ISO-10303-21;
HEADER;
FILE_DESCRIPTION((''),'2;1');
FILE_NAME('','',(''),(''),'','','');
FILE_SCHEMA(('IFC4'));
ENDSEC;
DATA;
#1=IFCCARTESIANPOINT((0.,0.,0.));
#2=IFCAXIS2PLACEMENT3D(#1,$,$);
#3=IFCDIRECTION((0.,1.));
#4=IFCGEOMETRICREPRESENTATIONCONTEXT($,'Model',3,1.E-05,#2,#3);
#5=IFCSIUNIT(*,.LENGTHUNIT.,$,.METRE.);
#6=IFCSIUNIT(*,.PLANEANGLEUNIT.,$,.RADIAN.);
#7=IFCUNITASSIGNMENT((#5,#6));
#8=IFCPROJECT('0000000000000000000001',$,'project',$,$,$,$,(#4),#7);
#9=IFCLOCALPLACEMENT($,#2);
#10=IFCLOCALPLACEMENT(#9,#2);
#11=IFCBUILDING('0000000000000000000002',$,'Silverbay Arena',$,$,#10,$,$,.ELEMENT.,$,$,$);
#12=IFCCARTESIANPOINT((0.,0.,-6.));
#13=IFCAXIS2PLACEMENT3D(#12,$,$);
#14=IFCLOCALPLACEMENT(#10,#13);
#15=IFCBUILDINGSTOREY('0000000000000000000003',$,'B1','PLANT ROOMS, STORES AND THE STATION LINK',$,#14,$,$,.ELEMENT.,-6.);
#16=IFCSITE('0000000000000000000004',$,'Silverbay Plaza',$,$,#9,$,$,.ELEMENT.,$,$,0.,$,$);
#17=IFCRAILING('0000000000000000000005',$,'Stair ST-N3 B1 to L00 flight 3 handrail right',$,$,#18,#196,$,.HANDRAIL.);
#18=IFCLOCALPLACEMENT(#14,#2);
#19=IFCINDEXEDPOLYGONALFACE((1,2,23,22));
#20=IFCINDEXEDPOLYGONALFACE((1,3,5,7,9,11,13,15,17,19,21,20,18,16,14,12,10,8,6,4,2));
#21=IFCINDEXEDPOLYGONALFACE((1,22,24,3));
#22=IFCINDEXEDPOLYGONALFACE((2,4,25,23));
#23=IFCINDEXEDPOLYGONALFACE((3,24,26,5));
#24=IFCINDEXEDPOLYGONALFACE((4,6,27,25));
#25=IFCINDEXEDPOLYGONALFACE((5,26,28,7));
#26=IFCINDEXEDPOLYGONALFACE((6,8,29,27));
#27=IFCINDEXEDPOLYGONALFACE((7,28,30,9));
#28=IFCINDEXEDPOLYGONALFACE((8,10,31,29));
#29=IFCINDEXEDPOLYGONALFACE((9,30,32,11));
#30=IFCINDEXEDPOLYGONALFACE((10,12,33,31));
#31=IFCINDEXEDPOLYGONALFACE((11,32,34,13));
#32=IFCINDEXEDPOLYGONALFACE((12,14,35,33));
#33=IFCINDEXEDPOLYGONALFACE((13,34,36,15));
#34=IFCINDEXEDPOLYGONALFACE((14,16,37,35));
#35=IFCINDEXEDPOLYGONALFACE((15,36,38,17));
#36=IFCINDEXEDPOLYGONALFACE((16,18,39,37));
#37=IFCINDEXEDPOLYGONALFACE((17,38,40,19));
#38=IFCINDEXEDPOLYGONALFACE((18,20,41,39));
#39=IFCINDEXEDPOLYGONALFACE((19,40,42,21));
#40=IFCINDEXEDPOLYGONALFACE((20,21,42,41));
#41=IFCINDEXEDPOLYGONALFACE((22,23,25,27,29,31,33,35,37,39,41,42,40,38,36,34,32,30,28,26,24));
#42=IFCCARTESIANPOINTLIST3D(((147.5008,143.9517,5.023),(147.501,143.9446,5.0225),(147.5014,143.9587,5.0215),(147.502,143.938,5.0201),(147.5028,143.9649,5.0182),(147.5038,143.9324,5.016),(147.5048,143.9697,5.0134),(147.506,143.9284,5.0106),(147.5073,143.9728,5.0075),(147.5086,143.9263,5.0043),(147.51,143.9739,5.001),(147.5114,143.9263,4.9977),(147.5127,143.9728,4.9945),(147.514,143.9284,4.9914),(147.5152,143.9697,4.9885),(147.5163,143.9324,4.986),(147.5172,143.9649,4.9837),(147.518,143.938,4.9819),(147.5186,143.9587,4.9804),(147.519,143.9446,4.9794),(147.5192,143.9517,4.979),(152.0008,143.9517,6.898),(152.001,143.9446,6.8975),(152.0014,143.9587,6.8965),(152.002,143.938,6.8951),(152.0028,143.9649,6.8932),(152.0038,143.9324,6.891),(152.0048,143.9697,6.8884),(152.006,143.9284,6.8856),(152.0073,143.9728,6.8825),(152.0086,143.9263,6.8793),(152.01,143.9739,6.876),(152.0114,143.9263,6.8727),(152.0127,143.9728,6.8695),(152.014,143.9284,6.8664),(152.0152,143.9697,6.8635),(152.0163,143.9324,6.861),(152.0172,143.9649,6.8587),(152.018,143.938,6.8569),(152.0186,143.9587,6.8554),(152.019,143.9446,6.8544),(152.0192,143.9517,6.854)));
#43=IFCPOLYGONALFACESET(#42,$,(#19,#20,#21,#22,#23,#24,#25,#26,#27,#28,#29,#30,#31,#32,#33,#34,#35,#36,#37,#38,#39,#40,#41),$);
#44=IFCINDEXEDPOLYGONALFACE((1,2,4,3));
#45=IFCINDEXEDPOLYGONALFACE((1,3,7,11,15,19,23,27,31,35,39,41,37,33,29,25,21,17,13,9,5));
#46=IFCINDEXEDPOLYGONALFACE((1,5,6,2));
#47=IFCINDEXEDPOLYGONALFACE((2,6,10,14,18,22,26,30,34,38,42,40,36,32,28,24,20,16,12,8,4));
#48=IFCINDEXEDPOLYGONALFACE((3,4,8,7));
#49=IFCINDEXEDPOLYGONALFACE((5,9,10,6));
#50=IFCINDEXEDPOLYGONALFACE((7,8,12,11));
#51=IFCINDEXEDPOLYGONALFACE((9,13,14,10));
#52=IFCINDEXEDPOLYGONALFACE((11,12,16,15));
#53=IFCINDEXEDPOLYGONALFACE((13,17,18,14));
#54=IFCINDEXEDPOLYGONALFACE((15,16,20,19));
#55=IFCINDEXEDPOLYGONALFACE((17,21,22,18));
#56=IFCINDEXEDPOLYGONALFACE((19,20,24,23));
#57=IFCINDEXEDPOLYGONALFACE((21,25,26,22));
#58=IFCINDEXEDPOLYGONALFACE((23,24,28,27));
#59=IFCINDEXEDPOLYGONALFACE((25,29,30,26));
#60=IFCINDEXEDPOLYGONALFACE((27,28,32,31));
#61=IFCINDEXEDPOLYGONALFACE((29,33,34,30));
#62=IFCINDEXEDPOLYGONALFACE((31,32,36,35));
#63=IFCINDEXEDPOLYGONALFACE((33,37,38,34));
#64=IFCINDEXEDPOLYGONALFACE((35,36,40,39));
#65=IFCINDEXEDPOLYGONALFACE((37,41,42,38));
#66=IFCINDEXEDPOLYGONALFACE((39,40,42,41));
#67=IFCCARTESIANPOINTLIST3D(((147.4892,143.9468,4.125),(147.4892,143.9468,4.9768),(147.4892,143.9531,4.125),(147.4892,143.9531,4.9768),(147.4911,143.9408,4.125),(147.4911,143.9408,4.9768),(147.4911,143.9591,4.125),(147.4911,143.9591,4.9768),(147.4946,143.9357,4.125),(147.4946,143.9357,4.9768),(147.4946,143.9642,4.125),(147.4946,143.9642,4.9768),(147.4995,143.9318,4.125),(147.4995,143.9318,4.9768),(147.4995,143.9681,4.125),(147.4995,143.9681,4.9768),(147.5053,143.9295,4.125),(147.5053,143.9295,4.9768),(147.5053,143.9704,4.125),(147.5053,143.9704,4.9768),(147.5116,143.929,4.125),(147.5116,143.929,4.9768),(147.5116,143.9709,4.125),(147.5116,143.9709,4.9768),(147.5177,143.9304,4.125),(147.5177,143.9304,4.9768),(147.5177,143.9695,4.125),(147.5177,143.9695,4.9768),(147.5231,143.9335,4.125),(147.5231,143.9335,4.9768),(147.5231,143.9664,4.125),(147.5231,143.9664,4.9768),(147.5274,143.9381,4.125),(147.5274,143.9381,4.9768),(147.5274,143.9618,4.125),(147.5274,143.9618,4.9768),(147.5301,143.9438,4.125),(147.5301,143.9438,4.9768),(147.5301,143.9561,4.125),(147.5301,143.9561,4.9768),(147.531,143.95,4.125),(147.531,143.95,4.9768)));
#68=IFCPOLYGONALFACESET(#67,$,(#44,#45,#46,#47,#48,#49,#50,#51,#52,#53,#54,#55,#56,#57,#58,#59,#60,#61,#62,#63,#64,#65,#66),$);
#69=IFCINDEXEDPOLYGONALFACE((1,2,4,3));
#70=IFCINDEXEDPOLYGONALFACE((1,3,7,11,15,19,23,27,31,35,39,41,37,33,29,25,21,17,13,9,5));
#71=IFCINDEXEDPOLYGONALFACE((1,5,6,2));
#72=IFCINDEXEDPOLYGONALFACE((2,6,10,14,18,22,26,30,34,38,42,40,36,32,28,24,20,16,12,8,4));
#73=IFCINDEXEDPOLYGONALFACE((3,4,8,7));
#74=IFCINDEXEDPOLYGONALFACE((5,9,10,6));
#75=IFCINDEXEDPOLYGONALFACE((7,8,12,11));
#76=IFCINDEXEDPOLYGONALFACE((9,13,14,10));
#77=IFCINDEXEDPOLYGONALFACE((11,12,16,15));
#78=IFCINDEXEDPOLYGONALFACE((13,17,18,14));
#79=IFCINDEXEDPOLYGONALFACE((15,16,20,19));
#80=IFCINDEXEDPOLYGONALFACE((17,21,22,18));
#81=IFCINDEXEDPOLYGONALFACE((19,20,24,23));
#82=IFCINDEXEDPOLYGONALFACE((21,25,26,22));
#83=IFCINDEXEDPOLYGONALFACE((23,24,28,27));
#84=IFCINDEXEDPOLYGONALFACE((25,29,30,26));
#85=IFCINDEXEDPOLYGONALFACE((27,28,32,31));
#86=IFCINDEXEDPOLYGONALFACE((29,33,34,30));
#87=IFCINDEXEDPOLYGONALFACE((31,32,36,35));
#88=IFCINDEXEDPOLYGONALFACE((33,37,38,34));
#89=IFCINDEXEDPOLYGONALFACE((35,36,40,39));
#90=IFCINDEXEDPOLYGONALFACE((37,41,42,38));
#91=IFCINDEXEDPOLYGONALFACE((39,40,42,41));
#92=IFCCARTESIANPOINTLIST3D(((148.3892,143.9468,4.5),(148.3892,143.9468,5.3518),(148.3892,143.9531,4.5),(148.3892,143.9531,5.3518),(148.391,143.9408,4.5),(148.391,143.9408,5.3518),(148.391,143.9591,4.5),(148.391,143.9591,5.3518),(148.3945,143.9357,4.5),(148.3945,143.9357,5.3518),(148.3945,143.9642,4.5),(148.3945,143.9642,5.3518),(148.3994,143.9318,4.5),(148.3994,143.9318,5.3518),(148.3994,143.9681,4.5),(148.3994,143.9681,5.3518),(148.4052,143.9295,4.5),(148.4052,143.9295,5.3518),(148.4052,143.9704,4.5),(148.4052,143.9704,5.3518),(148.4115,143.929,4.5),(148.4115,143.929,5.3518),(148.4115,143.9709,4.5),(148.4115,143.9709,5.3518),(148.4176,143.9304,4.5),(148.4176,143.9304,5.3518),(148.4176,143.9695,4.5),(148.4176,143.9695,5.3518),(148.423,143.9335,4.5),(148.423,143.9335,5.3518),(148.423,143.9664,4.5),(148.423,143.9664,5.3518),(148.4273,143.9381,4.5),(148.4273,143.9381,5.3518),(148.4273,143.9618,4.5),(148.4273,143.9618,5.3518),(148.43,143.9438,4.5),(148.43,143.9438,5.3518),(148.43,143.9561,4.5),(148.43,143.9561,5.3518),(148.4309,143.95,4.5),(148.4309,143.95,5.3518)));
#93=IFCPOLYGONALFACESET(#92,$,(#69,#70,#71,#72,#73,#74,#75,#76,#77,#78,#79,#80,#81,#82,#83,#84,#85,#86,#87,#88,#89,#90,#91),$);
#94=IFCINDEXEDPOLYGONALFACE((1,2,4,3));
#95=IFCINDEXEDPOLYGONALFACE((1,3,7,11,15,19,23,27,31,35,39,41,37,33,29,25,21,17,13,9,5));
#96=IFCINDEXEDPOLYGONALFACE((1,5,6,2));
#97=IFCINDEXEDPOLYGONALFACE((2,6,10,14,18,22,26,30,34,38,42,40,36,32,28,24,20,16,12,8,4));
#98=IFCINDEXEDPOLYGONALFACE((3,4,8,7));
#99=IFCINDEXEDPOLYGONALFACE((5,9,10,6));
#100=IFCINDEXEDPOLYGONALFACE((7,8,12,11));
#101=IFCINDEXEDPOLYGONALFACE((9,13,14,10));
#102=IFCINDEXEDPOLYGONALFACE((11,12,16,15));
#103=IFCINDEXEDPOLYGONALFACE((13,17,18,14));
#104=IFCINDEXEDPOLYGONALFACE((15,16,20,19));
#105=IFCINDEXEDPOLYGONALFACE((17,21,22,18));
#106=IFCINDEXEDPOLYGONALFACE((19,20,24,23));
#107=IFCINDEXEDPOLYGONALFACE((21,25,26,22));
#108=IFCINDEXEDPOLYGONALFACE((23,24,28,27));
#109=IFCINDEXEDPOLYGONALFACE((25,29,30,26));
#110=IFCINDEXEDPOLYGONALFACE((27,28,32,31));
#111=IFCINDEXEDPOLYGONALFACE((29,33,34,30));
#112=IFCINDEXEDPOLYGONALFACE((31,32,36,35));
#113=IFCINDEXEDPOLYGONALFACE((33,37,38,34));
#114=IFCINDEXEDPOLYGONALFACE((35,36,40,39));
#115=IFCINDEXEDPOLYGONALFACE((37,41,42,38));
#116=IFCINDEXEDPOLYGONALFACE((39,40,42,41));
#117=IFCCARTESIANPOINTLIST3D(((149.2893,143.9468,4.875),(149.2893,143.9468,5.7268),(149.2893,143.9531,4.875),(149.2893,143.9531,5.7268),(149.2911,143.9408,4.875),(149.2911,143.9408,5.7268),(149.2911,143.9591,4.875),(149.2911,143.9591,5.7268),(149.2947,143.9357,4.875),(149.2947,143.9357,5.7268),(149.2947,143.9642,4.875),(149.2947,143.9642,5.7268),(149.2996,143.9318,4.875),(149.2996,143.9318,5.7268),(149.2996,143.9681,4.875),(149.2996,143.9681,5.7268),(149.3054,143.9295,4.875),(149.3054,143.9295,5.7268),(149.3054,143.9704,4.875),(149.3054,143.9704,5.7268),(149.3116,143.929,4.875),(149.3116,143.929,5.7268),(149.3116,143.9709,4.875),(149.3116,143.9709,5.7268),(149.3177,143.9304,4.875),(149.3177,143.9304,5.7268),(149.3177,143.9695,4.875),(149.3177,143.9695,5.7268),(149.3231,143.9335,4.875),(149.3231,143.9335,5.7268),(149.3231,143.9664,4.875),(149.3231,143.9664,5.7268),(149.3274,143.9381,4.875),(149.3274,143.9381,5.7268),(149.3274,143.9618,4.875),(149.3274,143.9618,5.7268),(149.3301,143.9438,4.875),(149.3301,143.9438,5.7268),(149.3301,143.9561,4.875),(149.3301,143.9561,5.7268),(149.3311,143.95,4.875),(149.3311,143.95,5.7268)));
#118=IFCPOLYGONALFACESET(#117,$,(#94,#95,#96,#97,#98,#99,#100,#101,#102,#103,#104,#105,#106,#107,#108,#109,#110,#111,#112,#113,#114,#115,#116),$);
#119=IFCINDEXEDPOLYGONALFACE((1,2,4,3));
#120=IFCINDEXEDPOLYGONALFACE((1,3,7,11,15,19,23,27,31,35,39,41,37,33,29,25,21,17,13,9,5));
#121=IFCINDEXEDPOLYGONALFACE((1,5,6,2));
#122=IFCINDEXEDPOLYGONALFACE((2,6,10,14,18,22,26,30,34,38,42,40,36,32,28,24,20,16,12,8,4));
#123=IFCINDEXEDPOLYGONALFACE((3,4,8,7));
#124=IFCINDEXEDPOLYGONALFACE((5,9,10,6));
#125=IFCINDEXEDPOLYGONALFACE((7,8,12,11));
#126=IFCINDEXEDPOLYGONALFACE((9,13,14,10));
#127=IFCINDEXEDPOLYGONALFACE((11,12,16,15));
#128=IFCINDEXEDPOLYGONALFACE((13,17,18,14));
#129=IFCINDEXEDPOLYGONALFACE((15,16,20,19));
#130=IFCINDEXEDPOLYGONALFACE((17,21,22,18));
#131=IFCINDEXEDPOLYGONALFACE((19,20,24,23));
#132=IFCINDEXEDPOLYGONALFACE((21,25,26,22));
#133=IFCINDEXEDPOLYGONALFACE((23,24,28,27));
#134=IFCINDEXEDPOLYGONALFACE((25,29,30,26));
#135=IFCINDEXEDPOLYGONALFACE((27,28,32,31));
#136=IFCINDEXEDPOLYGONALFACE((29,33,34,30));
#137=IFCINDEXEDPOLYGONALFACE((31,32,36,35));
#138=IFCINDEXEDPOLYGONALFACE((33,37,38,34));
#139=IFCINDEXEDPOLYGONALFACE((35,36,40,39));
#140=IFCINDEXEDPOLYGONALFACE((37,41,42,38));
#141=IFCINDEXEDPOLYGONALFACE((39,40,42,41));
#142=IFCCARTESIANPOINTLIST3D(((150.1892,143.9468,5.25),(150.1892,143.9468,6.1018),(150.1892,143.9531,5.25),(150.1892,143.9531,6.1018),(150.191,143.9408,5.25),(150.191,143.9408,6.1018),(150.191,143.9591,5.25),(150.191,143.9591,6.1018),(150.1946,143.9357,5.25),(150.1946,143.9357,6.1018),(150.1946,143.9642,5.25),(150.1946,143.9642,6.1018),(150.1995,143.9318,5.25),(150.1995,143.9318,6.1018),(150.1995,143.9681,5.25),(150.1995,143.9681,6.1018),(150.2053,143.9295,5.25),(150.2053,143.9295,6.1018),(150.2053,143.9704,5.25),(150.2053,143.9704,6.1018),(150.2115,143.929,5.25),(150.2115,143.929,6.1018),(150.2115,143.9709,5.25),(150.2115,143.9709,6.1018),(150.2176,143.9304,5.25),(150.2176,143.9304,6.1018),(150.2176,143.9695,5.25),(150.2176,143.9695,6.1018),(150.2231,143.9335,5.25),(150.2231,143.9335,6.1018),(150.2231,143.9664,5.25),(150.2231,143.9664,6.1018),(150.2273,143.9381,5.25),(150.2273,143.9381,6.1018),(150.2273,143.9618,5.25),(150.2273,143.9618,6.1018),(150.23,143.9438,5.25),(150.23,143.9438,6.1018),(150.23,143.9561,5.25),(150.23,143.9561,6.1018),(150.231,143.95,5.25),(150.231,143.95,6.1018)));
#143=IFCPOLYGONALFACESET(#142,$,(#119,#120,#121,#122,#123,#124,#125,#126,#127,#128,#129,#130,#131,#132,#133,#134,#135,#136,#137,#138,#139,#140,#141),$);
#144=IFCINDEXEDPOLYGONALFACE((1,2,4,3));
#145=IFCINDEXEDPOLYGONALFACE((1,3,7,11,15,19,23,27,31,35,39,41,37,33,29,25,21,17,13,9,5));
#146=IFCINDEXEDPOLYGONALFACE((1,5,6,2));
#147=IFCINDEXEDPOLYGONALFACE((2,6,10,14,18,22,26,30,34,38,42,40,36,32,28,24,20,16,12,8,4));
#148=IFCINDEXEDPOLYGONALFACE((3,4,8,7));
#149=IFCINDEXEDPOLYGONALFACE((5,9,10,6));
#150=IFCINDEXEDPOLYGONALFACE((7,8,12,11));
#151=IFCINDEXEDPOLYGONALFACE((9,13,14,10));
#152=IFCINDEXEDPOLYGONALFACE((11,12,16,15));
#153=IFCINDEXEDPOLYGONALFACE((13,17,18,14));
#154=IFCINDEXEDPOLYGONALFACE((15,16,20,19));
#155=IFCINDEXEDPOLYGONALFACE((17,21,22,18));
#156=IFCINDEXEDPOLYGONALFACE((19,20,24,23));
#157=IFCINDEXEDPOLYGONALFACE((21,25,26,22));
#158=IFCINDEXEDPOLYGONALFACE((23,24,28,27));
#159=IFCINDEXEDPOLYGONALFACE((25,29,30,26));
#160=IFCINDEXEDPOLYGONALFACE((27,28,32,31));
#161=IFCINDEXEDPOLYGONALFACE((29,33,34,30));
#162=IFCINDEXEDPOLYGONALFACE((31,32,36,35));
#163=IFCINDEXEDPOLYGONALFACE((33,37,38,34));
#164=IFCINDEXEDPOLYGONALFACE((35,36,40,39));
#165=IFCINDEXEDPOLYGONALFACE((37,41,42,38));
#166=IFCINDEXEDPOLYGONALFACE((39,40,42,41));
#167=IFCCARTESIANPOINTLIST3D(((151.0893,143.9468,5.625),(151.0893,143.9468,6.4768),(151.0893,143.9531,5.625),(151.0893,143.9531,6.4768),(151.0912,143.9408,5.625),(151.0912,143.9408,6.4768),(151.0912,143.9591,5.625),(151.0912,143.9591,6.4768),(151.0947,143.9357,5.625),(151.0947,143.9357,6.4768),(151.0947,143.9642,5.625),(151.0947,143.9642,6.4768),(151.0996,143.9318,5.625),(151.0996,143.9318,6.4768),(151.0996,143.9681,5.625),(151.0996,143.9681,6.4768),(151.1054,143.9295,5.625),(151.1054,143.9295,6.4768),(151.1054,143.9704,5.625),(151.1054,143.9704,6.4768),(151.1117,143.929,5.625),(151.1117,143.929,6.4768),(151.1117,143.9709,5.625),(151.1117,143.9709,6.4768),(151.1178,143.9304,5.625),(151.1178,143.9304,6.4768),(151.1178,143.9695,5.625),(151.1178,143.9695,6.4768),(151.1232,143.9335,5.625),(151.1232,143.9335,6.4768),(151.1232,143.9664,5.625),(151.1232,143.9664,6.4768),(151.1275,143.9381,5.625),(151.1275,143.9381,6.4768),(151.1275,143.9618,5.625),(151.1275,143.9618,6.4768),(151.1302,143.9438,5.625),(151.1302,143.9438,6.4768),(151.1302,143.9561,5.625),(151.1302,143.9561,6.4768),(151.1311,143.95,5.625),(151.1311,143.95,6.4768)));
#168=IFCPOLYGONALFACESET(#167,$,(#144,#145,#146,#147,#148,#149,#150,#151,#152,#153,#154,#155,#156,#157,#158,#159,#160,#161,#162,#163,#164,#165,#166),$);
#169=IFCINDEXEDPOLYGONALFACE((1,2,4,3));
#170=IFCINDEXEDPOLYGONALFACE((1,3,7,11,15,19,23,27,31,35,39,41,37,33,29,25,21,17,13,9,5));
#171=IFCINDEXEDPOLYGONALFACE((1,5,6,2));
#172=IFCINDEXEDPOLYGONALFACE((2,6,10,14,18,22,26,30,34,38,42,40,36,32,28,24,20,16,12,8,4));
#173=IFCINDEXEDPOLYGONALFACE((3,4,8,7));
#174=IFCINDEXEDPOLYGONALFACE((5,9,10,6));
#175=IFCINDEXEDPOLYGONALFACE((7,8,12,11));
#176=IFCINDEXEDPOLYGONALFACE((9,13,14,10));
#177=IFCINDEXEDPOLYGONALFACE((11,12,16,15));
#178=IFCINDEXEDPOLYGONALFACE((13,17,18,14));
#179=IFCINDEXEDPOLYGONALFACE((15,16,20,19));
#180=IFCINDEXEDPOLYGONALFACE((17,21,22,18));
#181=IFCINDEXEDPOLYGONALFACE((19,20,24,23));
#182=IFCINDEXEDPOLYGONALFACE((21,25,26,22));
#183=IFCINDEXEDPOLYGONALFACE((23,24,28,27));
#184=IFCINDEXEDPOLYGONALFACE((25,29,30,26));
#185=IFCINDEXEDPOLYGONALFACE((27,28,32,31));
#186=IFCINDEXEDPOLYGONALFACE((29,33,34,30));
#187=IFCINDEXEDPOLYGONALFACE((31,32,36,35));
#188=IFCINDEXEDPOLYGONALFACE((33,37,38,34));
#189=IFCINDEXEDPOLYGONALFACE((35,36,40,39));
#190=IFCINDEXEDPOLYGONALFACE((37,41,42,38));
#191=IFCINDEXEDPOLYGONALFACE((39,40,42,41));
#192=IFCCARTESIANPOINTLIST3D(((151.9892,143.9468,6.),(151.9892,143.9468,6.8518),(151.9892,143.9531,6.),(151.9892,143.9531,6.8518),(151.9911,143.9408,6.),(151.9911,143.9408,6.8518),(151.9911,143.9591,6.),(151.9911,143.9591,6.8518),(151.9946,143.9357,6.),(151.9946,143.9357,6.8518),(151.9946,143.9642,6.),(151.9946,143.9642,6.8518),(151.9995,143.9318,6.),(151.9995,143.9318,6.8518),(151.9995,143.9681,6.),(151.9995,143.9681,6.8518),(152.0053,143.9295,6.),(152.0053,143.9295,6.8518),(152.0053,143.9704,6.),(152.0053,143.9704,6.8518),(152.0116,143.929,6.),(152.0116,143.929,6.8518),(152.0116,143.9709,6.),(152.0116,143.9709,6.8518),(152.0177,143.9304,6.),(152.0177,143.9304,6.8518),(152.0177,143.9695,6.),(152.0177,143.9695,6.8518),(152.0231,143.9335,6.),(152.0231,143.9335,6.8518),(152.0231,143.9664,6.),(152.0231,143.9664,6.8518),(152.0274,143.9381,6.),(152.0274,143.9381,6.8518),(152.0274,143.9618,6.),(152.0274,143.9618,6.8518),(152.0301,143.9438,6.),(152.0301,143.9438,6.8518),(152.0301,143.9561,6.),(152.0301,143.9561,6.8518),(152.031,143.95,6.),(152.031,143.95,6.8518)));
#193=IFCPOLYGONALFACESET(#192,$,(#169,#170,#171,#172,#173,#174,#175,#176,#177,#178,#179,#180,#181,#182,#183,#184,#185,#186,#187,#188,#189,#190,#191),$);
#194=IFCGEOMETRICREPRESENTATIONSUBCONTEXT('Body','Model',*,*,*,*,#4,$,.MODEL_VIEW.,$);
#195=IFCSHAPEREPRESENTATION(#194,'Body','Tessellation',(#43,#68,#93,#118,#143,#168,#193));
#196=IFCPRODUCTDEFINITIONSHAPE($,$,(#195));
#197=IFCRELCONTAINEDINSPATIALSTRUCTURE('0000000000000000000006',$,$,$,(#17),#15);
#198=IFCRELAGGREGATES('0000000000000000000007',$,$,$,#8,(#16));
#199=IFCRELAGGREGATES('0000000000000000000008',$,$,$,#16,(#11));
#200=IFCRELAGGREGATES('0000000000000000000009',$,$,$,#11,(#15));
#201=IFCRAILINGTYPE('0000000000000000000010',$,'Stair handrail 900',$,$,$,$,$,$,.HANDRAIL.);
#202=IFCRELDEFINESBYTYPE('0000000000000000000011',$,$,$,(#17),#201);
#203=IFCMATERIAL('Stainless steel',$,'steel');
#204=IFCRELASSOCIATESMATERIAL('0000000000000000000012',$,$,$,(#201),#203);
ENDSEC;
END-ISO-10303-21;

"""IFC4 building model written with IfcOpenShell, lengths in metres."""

from ifc_helpers import new_model, si_unit, direction, frame, origin, origin_2d, place, context, subcontext, project, spatial, circle, extrude, material, type_object, element, save


model = new_model("IFC4")

# Units and contexts
model_context = context("Model", 3, precision=1e-05, world=origin(), true_north=direction((0.0, 1.0)))
body_context = subcontext(model_context, "Body", "Model", "MODEL_VIEW")
ifc_project = project(units=[si_unit("LENGTHUNIT", "METRE"), si_unit("PLANEANGLEUNIT", "RADIAN")], contexts=[model_context])

# Site, building, storey
site_placement = place(None, origin())
site = spatial("IfcSite", under=ifc_project, at=site_placement, Name="Silverbay Plaza", CompositionType="ELEMENT", RefElevation=0.0)
building_placement = place(site_placement, origin())
building = spatial("IfcBuilding", under=site, at=building_placement, Name="Silverbay Arena", CompositionType="ELEMENT")
storey_placement = place(building_placement, frame((0.0, 0.0, -6.0)))
storey = spatial("IfcBuildingStorey", under=building, at=storey_placement, Name="B1", Description="PLANT ROOMS, STORES AND THE STATION LINK", CompositionType="ELEMENT", Elevation=-6.0)

# Railing
ifc_material_1 = material(Name="Stainless steel", Category="steel")
railing_type_1 = type_object("IfcRailingType", Name="Stair handrail 900", PredefinedType="HANDRAIL", material=ifc_material_1)
for number, where, name in (
    (1, (147.51, 143.95, 4.125), "Stair ST-N3 B1 to L00 flight 3 handrail right"),
):
    element("IfcRailing", number, at=place(storey_placement, frame(where)), inside=storey, type_object=railing_type_1, Name=name, PredefinedType="HANDRAIL", context=body_context, shape_type="SweptSolid", body=[
        extrude(circle(Radius=0.0239, at=origin_2d()), frame((0.0, 0.0, 0.876), z_axis=(0.923077, 0.0, 0.384615), x_axis=(0.0, 1.0, 0.0)), (0.0, 0.0, 1.0), 4.875),
        extrude(circle(Radius=0.021, at=origin_2d()), origin(), (0.0, 0.0, 1.0), 0.8518),
        extrude(circle(Radius=0.021, at=origin_2d()), frame((0.8999, 0.0, 0.375)), (0.0, 0.0, 1.0), 0.8518),
        extrude(circle(Radius=0.021, at=origin_2d()), frame((1.8, 0.0, 0.75)), (0.0, 0.0, 1.0), 0.8518),
        extrude(circle(Radius=0.021, at=origin_2d()), frame((2.7, 0.0, 1.125)), (0.0, 0.0, 1.0), 0.8518),
        extrude(circle(Radius=0.021, at=origin_2d()), frame((3.6001, 0.0, 1.5)), (0.0, 0.0, 1.0), 0.8518),
        extrude(circle(Radius=0.021, at=origin_2d()), frame((4.5, 0.0, 1.875)), (0.0, 0.0, 1.0), 0.8518),
    ])

save(model, "model.ifc")
